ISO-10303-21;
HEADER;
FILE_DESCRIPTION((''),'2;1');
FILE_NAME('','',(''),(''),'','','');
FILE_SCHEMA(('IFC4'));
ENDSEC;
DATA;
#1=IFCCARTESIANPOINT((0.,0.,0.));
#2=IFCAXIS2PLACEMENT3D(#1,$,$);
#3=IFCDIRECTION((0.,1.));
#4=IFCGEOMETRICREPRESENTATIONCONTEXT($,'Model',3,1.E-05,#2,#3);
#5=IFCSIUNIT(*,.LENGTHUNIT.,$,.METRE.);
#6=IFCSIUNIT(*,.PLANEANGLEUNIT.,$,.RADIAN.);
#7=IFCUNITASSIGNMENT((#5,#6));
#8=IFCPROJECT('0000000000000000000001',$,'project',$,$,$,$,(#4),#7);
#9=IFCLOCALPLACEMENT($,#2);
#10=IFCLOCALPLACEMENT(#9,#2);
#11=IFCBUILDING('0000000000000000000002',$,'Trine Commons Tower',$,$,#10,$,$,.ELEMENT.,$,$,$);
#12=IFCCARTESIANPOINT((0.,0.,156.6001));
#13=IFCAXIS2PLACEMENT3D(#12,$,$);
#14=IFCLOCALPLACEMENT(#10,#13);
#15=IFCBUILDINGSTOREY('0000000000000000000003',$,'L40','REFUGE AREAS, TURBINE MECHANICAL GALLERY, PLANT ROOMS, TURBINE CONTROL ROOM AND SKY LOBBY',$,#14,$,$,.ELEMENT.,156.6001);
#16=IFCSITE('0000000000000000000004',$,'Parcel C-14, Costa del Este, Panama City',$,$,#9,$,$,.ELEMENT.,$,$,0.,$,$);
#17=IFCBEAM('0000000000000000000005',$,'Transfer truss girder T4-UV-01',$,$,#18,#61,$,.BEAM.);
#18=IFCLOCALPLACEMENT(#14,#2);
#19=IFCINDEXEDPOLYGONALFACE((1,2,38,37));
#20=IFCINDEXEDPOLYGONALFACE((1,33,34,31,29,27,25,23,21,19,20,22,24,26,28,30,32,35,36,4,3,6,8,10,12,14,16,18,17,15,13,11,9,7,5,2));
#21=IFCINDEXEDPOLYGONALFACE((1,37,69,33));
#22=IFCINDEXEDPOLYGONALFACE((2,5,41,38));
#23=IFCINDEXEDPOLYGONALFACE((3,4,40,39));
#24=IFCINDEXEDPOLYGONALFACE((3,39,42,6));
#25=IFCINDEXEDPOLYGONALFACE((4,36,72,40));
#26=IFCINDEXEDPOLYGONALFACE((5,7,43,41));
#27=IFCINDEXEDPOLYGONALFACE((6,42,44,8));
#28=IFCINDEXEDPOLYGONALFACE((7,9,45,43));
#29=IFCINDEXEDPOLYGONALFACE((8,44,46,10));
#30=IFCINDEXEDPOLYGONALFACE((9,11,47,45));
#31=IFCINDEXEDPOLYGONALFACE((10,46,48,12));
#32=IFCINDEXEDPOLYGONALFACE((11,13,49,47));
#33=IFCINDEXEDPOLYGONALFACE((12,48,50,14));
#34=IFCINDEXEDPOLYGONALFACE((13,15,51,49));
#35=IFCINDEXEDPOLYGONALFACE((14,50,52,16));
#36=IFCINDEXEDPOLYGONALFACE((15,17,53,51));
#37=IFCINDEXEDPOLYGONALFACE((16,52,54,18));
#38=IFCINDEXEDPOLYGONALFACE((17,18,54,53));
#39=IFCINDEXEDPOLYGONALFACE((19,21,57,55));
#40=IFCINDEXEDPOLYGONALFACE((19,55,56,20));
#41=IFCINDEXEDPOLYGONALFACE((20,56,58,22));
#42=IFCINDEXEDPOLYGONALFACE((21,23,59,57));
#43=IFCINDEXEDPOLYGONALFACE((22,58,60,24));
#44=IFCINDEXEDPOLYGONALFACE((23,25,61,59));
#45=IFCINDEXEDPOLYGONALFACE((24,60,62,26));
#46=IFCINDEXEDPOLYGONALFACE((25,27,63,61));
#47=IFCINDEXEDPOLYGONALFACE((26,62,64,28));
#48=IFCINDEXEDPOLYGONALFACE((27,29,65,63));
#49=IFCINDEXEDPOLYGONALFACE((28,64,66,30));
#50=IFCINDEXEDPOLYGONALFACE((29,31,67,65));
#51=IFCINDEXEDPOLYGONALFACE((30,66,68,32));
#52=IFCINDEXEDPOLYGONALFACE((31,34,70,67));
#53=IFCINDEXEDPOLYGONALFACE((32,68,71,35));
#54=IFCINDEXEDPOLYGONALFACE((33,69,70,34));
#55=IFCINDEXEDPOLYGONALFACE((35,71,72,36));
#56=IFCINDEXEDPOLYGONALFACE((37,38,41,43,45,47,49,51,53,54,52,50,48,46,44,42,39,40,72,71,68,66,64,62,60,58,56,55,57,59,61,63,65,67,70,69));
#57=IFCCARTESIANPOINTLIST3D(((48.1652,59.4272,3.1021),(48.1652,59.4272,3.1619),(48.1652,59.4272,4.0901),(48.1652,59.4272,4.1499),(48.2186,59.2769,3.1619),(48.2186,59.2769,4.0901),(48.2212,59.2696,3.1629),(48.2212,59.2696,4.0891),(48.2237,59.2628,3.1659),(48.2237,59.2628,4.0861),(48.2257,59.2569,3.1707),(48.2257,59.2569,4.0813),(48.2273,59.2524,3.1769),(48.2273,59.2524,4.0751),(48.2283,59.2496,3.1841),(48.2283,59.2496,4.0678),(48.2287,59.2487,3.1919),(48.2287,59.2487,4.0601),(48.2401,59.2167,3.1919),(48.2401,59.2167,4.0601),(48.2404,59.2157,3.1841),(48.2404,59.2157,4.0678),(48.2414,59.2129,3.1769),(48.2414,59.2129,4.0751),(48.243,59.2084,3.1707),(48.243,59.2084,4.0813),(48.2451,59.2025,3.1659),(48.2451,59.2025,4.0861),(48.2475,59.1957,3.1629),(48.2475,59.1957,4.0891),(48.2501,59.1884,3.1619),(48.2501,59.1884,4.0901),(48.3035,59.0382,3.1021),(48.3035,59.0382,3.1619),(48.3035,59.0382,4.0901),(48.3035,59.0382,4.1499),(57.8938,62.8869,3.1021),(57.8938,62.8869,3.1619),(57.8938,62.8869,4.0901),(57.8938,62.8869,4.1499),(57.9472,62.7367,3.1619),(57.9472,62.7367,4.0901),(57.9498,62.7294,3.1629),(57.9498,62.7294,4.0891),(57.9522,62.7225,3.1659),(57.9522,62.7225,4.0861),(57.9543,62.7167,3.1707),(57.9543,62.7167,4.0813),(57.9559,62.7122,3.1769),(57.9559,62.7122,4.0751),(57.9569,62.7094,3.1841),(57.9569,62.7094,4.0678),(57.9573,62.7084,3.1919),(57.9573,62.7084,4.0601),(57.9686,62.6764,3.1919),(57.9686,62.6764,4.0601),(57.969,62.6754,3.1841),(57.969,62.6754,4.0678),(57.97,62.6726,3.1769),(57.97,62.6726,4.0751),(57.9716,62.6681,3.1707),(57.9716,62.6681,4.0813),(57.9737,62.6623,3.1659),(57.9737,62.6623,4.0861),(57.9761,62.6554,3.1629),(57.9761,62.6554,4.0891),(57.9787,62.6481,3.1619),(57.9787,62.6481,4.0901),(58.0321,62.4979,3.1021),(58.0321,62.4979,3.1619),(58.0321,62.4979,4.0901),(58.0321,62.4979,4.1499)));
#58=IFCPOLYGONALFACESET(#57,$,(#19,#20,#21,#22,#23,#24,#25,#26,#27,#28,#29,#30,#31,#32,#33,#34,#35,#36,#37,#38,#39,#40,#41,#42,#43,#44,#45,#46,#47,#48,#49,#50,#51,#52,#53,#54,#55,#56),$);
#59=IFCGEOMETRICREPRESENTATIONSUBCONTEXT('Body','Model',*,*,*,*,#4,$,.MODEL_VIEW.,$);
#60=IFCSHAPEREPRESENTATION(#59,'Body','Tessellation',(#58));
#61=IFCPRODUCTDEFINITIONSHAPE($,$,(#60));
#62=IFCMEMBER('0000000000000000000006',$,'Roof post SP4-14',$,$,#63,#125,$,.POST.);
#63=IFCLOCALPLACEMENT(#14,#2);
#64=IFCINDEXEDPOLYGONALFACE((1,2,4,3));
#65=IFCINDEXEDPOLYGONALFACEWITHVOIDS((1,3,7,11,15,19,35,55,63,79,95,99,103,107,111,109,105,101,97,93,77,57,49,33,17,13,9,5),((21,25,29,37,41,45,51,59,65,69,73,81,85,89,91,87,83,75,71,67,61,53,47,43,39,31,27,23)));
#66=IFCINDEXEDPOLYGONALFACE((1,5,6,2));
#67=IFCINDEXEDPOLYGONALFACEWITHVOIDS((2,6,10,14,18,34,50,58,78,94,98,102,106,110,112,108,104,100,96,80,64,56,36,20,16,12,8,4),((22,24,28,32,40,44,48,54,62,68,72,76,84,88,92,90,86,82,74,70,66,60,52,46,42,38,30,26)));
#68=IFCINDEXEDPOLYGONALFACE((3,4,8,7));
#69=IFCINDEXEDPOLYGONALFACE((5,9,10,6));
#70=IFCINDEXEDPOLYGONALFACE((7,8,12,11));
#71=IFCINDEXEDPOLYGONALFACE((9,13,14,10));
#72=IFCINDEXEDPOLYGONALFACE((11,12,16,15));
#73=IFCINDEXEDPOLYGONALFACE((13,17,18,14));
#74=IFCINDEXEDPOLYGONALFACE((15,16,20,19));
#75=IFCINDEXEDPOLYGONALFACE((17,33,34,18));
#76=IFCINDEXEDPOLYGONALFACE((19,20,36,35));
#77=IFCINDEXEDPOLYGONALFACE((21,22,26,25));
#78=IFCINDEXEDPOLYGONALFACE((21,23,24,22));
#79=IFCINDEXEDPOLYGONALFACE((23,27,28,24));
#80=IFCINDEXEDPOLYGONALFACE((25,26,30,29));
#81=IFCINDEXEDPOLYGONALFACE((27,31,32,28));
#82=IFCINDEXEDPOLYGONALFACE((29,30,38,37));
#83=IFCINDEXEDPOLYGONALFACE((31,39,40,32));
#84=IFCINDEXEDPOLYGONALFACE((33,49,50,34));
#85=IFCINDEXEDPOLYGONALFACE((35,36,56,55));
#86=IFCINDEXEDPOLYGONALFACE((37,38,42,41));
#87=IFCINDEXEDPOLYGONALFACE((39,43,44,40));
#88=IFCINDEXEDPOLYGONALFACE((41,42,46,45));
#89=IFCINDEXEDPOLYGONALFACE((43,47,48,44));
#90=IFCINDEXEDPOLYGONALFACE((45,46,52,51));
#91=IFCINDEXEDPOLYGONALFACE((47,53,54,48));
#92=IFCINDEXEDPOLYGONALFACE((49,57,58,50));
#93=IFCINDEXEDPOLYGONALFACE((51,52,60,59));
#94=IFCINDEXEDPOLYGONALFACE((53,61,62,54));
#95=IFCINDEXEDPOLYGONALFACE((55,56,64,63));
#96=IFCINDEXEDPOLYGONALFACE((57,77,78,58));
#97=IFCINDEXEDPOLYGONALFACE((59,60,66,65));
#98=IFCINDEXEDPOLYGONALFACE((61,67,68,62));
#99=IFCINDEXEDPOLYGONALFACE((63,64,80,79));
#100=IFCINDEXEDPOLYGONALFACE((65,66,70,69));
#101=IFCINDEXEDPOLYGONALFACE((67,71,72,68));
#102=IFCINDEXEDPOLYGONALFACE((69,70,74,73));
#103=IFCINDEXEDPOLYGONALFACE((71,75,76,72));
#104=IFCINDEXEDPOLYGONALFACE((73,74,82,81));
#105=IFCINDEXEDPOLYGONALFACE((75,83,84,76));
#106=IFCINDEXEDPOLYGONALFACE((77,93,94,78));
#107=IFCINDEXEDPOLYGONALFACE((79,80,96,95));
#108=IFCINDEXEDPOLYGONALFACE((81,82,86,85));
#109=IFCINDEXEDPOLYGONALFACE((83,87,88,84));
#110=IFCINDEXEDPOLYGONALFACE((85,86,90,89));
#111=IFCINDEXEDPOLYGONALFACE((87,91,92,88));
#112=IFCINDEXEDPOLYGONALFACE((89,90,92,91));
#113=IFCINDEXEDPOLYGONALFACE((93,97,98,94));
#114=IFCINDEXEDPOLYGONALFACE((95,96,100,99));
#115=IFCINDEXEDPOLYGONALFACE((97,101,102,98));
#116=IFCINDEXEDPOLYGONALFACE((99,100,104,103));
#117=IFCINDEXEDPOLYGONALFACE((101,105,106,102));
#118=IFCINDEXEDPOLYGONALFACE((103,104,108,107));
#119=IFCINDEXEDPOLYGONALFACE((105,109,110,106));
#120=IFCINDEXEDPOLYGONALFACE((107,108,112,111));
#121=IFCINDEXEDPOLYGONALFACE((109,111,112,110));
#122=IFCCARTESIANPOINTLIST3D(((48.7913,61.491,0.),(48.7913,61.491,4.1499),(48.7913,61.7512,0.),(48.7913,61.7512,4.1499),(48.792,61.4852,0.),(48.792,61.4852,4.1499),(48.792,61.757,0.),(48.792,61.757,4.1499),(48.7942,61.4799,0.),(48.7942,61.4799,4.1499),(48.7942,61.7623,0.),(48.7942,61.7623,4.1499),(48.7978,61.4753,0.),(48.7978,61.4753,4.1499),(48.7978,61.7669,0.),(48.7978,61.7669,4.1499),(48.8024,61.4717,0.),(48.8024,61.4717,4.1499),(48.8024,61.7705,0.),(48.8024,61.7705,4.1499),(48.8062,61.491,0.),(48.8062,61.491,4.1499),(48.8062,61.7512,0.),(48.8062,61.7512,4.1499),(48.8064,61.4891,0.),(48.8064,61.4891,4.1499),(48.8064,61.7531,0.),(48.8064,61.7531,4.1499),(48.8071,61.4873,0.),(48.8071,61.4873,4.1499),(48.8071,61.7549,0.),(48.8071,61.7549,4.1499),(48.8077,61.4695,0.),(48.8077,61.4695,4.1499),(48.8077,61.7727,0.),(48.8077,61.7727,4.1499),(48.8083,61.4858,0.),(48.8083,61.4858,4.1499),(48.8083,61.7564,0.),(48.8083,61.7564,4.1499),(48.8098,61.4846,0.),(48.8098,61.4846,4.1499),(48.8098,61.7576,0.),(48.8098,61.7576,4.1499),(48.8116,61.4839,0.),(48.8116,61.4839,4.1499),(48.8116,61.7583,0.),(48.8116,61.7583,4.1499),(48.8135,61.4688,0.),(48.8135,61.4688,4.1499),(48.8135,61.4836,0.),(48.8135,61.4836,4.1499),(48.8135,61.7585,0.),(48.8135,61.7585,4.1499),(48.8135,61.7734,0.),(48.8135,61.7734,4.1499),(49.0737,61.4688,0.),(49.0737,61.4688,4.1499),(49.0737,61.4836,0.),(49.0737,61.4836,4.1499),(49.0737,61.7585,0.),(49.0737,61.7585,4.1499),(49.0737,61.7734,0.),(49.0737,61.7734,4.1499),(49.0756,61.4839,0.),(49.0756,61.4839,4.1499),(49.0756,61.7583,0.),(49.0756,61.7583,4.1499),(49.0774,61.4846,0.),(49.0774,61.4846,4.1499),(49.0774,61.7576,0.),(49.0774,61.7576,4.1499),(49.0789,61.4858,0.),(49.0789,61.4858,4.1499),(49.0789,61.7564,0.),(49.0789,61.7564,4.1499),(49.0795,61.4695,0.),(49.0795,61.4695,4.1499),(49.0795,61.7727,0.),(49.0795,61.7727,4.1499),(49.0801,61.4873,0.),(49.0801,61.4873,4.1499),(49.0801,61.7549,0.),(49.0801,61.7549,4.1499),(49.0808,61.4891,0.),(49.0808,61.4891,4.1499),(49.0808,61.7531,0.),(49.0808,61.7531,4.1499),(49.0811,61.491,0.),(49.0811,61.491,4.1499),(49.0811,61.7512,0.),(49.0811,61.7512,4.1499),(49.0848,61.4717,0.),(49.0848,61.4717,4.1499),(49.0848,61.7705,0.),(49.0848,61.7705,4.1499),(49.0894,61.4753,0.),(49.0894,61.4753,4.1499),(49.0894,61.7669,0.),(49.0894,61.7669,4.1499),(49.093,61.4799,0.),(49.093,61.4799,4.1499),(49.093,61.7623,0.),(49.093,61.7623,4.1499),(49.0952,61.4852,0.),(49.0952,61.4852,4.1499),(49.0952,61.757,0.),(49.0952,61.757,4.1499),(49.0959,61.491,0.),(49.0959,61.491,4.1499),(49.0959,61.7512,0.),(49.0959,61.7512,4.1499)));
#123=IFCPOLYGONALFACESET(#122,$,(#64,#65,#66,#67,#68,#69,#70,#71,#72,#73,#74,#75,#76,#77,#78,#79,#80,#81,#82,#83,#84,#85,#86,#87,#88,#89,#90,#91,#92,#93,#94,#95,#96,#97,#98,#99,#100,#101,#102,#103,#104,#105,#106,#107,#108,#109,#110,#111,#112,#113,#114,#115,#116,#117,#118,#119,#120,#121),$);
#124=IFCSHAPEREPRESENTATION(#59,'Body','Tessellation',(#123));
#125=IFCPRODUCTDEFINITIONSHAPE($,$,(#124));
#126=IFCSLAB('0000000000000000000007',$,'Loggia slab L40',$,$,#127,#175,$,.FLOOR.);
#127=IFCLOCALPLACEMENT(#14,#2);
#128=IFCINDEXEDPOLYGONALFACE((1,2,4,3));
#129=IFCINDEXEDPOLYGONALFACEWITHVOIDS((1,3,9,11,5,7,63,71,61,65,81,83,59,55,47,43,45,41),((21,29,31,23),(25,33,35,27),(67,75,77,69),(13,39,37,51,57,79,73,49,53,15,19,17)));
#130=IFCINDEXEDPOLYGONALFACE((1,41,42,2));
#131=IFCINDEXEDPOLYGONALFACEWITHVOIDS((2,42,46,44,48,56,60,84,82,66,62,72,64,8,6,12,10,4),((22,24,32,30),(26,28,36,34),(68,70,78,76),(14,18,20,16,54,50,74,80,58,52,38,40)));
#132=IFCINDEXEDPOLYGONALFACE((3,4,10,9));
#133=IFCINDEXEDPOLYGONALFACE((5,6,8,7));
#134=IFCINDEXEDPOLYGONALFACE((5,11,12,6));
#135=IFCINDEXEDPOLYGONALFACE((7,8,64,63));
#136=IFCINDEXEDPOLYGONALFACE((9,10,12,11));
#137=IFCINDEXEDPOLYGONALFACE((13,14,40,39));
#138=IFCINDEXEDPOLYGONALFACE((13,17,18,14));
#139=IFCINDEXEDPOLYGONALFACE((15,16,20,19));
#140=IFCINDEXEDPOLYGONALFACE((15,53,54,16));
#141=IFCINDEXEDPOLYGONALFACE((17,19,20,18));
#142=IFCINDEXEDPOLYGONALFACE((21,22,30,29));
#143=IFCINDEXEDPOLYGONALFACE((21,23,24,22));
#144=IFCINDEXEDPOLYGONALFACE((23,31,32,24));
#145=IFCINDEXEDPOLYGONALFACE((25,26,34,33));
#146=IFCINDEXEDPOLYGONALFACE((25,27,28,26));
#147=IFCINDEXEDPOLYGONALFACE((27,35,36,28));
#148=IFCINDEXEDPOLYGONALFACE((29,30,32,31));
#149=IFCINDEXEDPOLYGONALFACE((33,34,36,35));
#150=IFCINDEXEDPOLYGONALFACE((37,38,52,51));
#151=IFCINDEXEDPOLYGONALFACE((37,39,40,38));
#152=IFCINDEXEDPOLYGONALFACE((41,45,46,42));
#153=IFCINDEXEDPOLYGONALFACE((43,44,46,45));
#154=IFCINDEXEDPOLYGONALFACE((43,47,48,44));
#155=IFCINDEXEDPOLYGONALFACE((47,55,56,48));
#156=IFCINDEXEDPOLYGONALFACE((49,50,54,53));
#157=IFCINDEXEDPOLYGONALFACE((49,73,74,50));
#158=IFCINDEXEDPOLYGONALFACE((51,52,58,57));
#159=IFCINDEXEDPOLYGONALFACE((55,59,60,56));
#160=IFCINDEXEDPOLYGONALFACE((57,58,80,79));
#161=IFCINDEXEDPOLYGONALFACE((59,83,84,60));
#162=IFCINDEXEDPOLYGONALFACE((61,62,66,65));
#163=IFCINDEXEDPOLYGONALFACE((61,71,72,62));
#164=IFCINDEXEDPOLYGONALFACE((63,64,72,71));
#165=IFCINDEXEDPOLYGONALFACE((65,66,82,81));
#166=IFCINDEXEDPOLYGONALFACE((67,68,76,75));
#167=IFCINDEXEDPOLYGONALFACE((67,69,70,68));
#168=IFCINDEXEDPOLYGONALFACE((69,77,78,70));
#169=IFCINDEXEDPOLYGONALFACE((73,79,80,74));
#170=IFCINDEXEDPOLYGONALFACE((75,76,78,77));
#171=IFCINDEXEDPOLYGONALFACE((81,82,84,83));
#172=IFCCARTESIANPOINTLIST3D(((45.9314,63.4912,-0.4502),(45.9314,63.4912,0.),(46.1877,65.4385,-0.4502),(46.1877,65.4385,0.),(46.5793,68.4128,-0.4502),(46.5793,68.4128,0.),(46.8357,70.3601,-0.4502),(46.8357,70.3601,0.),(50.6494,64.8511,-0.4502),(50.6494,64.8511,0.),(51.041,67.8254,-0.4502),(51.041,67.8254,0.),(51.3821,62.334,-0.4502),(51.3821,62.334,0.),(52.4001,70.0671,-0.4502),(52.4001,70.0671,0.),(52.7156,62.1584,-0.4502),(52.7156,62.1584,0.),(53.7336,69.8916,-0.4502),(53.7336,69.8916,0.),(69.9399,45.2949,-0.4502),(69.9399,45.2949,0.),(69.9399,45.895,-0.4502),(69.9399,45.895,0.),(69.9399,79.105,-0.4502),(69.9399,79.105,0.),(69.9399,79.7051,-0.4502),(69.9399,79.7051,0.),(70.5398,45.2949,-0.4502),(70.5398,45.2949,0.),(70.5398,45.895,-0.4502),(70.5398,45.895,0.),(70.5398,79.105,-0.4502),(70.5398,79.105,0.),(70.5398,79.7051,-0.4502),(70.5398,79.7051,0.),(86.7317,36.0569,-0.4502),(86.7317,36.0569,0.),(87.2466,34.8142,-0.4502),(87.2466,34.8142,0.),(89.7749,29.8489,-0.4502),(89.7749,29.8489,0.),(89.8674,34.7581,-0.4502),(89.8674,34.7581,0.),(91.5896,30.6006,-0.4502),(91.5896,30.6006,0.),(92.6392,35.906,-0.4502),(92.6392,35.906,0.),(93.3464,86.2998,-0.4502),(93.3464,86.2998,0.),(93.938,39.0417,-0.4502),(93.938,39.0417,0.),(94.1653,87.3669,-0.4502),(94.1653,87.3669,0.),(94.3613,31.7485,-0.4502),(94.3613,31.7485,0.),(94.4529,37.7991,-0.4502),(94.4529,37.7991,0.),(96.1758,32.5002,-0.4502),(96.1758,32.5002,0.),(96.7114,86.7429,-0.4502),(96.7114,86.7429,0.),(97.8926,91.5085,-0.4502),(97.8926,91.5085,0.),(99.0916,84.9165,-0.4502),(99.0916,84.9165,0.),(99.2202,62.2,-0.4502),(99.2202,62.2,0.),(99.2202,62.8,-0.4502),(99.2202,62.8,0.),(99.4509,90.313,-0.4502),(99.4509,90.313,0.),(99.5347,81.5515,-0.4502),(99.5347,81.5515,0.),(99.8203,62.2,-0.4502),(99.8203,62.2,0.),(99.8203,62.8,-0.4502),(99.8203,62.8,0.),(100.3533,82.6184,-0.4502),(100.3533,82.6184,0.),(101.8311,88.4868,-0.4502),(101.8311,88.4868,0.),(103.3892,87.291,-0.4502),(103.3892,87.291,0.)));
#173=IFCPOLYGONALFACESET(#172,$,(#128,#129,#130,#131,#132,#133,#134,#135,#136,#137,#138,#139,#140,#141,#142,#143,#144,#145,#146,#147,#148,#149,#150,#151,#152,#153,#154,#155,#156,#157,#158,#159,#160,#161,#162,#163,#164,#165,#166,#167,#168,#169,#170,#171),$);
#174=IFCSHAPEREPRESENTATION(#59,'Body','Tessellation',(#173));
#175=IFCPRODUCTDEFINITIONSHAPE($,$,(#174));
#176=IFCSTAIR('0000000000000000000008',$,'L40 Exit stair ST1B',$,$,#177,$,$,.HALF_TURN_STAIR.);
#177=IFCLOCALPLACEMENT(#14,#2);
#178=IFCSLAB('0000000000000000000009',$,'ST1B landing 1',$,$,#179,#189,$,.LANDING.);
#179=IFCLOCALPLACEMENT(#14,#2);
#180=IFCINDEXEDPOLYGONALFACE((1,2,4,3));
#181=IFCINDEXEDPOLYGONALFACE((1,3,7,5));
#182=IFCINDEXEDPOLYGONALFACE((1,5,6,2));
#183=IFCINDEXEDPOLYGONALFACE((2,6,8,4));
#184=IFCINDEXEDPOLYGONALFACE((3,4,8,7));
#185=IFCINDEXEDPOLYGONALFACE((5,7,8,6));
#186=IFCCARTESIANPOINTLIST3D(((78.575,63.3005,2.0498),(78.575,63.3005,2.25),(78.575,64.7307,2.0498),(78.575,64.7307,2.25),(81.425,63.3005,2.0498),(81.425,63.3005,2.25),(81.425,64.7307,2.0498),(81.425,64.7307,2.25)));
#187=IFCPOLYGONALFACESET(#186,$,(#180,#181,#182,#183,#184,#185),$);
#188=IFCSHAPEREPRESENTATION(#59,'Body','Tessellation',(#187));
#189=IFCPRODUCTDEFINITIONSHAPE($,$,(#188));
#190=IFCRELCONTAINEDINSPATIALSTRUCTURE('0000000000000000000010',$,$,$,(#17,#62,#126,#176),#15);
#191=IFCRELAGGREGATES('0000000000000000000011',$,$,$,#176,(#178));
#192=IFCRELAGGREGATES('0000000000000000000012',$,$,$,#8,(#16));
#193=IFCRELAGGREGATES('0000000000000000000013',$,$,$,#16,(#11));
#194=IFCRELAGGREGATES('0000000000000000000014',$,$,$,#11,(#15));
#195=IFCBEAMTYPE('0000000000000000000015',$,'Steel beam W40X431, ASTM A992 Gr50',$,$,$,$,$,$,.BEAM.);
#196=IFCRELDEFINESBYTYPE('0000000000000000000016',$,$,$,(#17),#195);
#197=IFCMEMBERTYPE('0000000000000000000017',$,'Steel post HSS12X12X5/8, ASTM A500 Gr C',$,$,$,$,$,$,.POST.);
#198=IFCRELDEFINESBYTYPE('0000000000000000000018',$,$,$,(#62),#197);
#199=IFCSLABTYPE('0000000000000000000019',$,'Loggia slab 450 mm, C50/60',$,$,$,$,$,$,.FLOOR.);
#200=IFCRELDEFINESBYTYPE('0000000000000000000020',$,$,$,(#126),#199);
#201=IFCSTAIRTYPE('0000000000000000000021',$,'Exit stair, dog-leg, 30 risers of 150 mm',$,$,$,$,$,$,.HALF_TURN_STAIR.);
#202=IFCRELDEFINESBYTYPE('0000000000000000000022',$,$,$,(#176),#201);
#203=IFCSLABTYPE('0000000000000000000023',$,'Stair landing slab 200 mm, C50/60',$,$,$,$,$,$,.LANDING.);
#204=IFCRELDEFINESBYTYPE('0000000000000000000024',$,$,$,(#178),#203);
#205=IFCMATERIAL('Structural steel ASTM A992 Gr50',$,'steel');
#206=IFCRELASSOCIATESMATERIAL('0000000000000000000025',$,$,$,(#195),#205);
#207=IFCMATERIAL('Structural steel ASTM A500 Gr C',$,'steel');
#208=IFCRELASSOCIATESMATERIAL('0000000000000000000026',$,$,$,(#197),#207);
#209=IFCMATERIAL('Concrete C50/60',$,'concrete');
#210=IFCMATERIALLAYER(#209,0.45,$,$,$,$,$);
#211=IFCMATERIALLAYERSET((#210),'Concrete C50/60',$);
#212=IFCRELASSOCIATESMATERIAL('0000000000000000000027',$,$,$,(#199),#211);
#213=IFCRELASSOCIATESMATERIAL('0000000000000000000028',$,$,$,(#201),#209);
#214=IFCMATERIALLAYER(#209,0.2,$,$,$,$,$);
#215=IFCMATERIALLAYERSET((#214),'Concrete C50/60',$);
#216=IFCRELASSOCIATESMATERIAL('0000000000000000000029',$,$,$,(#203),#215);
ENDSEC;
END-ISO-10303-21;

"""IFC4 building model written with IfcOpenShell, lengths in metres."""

from ifc_helpers import new_model, si_unit, direction, frame, origin, origin_2d, place, context, subcontext, project, spatial, polyline, hollow_rectangle, i_section, outline, extrude, material, layer, layer_set, material_profile, profile_set, type_object, element, aggregate, save


model = new_model("IFC4")

# Units and contexts
model_context = context("Model", 3, precision=1e-05, world=origin(), true_north=direction((0.0, 1.0)))
body_context = subcontext(model_context, "Body", "Model", "MODEL_VIEW")
ifc_project = project(units=[si_unit("LENGTHUNIT", "METRE"), si_unit("PLANEANGLEUNIT", "RADIAN")], contexts=[model_context])

# Site, building, storey
site_placement = place(None, origin())
site = spatial("IfcSite", under=ifc_project, at=site_placement, Name="Parcel C-14, Costa del Este, Panama City", CompositionType="ELEMENT", RefElevation=0.0)
building_placement = place(site_placement, origin())
building = spatial("IfcBuilding", under=site, at=building_placement, Name="Trine Commons Tower", CompositionType="ELEMENT")
storey_placement = place(building_placement, frame((0.0, 0.0, 156.6001)))
storey = spatial("IfcBuildingStorey", under=building, at=storey_placement, Name="L40", Description="REFUGE AREAS, TURBINE MECHANICAL GALLERY, PLANT ROOMS, TURBINE CONTROL ROOM AND SKY LOBBY", CompositionType="ELEMENT", Elevation=156.6001)

# Beam
ifc_material_1 = material(Name="Structural steel ASTM A992 Gr50", Category="steel")
ifc_material_profile_1 = material_profile(ifc_material_1, i_section(OverallWidth=0.4128, OverallDepth=1.0479, WebThickness=0.0339, FlangeThickness=0.0598, FilletRadius=0.03, at=origin_2d()), Name="W40X431")
ifc_profile_set_1 = profile_set([ifc_material_profile_1], Name="Structural steel ASTM A992 Gr50")
beam_type = type_object("IfcBeamType", Name="Steel beam W40X431, ASTM A992 Gr50", PredefinedType="BEAM", material=ifc_profile_set_1)
beam_placement = place(storey_placement, frame((48.2344, 59.2327, 3.626), z_axis=(0.942194, 0.335069, 0.0), x_axis=(-0.335069, 0.942194, 0.0)))
element("IfcBeam", 1, at=beam_placement, inside=storey, type_object=beam_type, Name="Transfer truss girder T4-UV-01", PredefinedType="BEAM", context=body_context, shape_type="SweptSolid", body=[
    extrude(i_section(OverallWidth=0.4128, OverallDepth=1.0479, WebThickness=0.0339, FlangeThickness=0.0598, FilletRadius=0.03, at=origin_2d()), origin(), (0.0, 0.0, 1.0), 10.3254),
])

# Member
ifc_material_2 = material(Name="Structural steel ASTM A500 Gr C", Category="steel")
ifc_material_profile_2 = material_profile(ifc_material_2, hollow_rectangle(XDim=0.3047, YDim=0.3047, WallThickness=0.0149, InnerFilletRadius=0.0073, OuterFilletRadius=0.0222, at=origin_2d()), Name="HSS12X12X5/8")
ifc_profile_set_2 = profile_set([ifc_material_profile_2], Name="Structural steel ASTM A500 Gr C")
member_type = type_object("IfcMemberType", Name="Steel post HSS12X12X5/8, ASTM A500 Gr C", PredefinedType="POST", material=ifc_profile_set_2)
member_placement = place(storey_placement, frame((48.9436, 61.6211, 0.0), z_axis=(0.0, 0.0, 1.0), x_axis=(1.0, 0.0, 0.0)))
element("IfcMember", 2, at=member_placement, inside=storey, type_object=member_type, Name="Roof post SP4-14", PredefinedType="POST", context=body_context, shape_type="SweptSolid", body=[
    extrude(hollow_rectangle(XDim=0.3047, YDim=0.3047, WallThickness=0.0149, InnerFilletRadius=0.0073, OuterFilletRadius=0.0222, at=origin_2d()), origin(), (0.0, 0.0, 1.0), 4.1499),
])

# Slab
ifc_material_3 = material(Name="Concrete C50/60", Category="concrete")
ifc_layer_1 = layer(ifc_material_3, 0.45)
ifc_layer_set_1 = layer_set([ifc_layer_1], Name="Concrete C50/60")
slab_type_1 = type_object("IfcSlabType", Name="Loggia slab 450 mm, C50/60", PredefinedType="FLOOR", material=ifc_layer_set_1)
slab_1_placement = place(storey_placement, frame((0.0, 0.0, -0.4502)))
element("IfcSlab", 3, at=slab_1_placement, inside=storey, type_object=slab_type_1, Name="Loggia slab L40", PredefinedType="FLOOR", context=body_context, shape_type="SweptSolid", body=[
    extrude(outline(polyline([(94.3613, 31.7485), (96.1758, 32.5002), (103.3892, 87.291), (101.8311, 88.4868), (99.0916, 84.9165), (96.7114, 86.7429), (99.4509, 90.313), (97.8926, 91.5085), (46.8357, 70.3601), (46.5793, 68.4128), (51.041, 67.8254), (50.6494, 64.8511), (46.1877, 65.4385), (45.9314, 63.4912), (89.7749, 29.8489), (91.5896, 30.6006), (89.8674, 34.7581), (92.6392, 35.906), (94.3613, 31.7485)]), holes=[polyline([(86.7317, 36.0569), (93.938, 39.0417), (94.4529, 37.7991), (100.3533, 82.6184), (99.5347, 81.5515), (93.3464, 86.2998), (94.1653, 87.3669), (52.4001, 70.0671), (53.7336, 69.8916), (52.7156, 62.1584), (51.3821, 62.334), (87.2466, 34.8142), (86.7317, 36.0569)]), polyline([(70.5398, 45.895), (69.9399, 45.895), (69.9399, 45.2949), (70.5398, 45.2949), (70.5398, 45.895)]), polyline([(99.8203, 62.2), (99.8203, 62.8), (99.2202, 62.8), (99.2202, 62.2), (99.8203, 62.2)]), polyline([(70.5398, 79.105), (70.5398, 79.7051), (69.9399, 79.7051), (69.9399, 79.105), (70.5398, 79.105)])]), origin(), (0.0, 0.0, 1.0), 0.4502),
])

# Stair, slab
stair_type = type_object("IfcStairType", Name="Exit stair, dog-leg, 30 risers of 150 mm", PredefinedType="HALF_TURN_STAIR", material=ifc_material_3)
stair_1_placement = place(storey_placement, origin())
stair_1 = element("IfcStair", 4, at=stair_1_placement, inside=storey, type_object=stair_type, Name="L40 Exit stair ST1B", PredefinedType="HALF_TURN_STAIR")
ifc_layer_2 = layer(ifc_material_3, 0.2)
ifc_layer_set_2 = layer_set([ifc_layer_2], Name="Concrete C50/60")
slab_type_2 = type_object("IfcSlabType", Name="Stair landing slab 200 mm, C50/60", PredefinedType="LANDING", material=ifc_layer_set_2)
slab_2_placement = place(storey_placement, frame((0.0, 0.0, 2.0498)))
slab_2 = element("IfcSlab", 5, at=slab_2_placement, type_object=slab_type_2, Name="ST1B landing 1", PredefinedType="LANDING", context=body_context, shape_type="SweptSolid", body=[
    extrude(outline(polyline([(78.575, 64.7307), (78.575, 63.3005), (81.425, 63.3005), (81.425, 64.7307), (78.575, 64.7307)])), origin(), (0.0, 0.0, 1.0), 0.2002),
])
aggregate(stair_1, [slab_2])

save(model, "model.ifc")
